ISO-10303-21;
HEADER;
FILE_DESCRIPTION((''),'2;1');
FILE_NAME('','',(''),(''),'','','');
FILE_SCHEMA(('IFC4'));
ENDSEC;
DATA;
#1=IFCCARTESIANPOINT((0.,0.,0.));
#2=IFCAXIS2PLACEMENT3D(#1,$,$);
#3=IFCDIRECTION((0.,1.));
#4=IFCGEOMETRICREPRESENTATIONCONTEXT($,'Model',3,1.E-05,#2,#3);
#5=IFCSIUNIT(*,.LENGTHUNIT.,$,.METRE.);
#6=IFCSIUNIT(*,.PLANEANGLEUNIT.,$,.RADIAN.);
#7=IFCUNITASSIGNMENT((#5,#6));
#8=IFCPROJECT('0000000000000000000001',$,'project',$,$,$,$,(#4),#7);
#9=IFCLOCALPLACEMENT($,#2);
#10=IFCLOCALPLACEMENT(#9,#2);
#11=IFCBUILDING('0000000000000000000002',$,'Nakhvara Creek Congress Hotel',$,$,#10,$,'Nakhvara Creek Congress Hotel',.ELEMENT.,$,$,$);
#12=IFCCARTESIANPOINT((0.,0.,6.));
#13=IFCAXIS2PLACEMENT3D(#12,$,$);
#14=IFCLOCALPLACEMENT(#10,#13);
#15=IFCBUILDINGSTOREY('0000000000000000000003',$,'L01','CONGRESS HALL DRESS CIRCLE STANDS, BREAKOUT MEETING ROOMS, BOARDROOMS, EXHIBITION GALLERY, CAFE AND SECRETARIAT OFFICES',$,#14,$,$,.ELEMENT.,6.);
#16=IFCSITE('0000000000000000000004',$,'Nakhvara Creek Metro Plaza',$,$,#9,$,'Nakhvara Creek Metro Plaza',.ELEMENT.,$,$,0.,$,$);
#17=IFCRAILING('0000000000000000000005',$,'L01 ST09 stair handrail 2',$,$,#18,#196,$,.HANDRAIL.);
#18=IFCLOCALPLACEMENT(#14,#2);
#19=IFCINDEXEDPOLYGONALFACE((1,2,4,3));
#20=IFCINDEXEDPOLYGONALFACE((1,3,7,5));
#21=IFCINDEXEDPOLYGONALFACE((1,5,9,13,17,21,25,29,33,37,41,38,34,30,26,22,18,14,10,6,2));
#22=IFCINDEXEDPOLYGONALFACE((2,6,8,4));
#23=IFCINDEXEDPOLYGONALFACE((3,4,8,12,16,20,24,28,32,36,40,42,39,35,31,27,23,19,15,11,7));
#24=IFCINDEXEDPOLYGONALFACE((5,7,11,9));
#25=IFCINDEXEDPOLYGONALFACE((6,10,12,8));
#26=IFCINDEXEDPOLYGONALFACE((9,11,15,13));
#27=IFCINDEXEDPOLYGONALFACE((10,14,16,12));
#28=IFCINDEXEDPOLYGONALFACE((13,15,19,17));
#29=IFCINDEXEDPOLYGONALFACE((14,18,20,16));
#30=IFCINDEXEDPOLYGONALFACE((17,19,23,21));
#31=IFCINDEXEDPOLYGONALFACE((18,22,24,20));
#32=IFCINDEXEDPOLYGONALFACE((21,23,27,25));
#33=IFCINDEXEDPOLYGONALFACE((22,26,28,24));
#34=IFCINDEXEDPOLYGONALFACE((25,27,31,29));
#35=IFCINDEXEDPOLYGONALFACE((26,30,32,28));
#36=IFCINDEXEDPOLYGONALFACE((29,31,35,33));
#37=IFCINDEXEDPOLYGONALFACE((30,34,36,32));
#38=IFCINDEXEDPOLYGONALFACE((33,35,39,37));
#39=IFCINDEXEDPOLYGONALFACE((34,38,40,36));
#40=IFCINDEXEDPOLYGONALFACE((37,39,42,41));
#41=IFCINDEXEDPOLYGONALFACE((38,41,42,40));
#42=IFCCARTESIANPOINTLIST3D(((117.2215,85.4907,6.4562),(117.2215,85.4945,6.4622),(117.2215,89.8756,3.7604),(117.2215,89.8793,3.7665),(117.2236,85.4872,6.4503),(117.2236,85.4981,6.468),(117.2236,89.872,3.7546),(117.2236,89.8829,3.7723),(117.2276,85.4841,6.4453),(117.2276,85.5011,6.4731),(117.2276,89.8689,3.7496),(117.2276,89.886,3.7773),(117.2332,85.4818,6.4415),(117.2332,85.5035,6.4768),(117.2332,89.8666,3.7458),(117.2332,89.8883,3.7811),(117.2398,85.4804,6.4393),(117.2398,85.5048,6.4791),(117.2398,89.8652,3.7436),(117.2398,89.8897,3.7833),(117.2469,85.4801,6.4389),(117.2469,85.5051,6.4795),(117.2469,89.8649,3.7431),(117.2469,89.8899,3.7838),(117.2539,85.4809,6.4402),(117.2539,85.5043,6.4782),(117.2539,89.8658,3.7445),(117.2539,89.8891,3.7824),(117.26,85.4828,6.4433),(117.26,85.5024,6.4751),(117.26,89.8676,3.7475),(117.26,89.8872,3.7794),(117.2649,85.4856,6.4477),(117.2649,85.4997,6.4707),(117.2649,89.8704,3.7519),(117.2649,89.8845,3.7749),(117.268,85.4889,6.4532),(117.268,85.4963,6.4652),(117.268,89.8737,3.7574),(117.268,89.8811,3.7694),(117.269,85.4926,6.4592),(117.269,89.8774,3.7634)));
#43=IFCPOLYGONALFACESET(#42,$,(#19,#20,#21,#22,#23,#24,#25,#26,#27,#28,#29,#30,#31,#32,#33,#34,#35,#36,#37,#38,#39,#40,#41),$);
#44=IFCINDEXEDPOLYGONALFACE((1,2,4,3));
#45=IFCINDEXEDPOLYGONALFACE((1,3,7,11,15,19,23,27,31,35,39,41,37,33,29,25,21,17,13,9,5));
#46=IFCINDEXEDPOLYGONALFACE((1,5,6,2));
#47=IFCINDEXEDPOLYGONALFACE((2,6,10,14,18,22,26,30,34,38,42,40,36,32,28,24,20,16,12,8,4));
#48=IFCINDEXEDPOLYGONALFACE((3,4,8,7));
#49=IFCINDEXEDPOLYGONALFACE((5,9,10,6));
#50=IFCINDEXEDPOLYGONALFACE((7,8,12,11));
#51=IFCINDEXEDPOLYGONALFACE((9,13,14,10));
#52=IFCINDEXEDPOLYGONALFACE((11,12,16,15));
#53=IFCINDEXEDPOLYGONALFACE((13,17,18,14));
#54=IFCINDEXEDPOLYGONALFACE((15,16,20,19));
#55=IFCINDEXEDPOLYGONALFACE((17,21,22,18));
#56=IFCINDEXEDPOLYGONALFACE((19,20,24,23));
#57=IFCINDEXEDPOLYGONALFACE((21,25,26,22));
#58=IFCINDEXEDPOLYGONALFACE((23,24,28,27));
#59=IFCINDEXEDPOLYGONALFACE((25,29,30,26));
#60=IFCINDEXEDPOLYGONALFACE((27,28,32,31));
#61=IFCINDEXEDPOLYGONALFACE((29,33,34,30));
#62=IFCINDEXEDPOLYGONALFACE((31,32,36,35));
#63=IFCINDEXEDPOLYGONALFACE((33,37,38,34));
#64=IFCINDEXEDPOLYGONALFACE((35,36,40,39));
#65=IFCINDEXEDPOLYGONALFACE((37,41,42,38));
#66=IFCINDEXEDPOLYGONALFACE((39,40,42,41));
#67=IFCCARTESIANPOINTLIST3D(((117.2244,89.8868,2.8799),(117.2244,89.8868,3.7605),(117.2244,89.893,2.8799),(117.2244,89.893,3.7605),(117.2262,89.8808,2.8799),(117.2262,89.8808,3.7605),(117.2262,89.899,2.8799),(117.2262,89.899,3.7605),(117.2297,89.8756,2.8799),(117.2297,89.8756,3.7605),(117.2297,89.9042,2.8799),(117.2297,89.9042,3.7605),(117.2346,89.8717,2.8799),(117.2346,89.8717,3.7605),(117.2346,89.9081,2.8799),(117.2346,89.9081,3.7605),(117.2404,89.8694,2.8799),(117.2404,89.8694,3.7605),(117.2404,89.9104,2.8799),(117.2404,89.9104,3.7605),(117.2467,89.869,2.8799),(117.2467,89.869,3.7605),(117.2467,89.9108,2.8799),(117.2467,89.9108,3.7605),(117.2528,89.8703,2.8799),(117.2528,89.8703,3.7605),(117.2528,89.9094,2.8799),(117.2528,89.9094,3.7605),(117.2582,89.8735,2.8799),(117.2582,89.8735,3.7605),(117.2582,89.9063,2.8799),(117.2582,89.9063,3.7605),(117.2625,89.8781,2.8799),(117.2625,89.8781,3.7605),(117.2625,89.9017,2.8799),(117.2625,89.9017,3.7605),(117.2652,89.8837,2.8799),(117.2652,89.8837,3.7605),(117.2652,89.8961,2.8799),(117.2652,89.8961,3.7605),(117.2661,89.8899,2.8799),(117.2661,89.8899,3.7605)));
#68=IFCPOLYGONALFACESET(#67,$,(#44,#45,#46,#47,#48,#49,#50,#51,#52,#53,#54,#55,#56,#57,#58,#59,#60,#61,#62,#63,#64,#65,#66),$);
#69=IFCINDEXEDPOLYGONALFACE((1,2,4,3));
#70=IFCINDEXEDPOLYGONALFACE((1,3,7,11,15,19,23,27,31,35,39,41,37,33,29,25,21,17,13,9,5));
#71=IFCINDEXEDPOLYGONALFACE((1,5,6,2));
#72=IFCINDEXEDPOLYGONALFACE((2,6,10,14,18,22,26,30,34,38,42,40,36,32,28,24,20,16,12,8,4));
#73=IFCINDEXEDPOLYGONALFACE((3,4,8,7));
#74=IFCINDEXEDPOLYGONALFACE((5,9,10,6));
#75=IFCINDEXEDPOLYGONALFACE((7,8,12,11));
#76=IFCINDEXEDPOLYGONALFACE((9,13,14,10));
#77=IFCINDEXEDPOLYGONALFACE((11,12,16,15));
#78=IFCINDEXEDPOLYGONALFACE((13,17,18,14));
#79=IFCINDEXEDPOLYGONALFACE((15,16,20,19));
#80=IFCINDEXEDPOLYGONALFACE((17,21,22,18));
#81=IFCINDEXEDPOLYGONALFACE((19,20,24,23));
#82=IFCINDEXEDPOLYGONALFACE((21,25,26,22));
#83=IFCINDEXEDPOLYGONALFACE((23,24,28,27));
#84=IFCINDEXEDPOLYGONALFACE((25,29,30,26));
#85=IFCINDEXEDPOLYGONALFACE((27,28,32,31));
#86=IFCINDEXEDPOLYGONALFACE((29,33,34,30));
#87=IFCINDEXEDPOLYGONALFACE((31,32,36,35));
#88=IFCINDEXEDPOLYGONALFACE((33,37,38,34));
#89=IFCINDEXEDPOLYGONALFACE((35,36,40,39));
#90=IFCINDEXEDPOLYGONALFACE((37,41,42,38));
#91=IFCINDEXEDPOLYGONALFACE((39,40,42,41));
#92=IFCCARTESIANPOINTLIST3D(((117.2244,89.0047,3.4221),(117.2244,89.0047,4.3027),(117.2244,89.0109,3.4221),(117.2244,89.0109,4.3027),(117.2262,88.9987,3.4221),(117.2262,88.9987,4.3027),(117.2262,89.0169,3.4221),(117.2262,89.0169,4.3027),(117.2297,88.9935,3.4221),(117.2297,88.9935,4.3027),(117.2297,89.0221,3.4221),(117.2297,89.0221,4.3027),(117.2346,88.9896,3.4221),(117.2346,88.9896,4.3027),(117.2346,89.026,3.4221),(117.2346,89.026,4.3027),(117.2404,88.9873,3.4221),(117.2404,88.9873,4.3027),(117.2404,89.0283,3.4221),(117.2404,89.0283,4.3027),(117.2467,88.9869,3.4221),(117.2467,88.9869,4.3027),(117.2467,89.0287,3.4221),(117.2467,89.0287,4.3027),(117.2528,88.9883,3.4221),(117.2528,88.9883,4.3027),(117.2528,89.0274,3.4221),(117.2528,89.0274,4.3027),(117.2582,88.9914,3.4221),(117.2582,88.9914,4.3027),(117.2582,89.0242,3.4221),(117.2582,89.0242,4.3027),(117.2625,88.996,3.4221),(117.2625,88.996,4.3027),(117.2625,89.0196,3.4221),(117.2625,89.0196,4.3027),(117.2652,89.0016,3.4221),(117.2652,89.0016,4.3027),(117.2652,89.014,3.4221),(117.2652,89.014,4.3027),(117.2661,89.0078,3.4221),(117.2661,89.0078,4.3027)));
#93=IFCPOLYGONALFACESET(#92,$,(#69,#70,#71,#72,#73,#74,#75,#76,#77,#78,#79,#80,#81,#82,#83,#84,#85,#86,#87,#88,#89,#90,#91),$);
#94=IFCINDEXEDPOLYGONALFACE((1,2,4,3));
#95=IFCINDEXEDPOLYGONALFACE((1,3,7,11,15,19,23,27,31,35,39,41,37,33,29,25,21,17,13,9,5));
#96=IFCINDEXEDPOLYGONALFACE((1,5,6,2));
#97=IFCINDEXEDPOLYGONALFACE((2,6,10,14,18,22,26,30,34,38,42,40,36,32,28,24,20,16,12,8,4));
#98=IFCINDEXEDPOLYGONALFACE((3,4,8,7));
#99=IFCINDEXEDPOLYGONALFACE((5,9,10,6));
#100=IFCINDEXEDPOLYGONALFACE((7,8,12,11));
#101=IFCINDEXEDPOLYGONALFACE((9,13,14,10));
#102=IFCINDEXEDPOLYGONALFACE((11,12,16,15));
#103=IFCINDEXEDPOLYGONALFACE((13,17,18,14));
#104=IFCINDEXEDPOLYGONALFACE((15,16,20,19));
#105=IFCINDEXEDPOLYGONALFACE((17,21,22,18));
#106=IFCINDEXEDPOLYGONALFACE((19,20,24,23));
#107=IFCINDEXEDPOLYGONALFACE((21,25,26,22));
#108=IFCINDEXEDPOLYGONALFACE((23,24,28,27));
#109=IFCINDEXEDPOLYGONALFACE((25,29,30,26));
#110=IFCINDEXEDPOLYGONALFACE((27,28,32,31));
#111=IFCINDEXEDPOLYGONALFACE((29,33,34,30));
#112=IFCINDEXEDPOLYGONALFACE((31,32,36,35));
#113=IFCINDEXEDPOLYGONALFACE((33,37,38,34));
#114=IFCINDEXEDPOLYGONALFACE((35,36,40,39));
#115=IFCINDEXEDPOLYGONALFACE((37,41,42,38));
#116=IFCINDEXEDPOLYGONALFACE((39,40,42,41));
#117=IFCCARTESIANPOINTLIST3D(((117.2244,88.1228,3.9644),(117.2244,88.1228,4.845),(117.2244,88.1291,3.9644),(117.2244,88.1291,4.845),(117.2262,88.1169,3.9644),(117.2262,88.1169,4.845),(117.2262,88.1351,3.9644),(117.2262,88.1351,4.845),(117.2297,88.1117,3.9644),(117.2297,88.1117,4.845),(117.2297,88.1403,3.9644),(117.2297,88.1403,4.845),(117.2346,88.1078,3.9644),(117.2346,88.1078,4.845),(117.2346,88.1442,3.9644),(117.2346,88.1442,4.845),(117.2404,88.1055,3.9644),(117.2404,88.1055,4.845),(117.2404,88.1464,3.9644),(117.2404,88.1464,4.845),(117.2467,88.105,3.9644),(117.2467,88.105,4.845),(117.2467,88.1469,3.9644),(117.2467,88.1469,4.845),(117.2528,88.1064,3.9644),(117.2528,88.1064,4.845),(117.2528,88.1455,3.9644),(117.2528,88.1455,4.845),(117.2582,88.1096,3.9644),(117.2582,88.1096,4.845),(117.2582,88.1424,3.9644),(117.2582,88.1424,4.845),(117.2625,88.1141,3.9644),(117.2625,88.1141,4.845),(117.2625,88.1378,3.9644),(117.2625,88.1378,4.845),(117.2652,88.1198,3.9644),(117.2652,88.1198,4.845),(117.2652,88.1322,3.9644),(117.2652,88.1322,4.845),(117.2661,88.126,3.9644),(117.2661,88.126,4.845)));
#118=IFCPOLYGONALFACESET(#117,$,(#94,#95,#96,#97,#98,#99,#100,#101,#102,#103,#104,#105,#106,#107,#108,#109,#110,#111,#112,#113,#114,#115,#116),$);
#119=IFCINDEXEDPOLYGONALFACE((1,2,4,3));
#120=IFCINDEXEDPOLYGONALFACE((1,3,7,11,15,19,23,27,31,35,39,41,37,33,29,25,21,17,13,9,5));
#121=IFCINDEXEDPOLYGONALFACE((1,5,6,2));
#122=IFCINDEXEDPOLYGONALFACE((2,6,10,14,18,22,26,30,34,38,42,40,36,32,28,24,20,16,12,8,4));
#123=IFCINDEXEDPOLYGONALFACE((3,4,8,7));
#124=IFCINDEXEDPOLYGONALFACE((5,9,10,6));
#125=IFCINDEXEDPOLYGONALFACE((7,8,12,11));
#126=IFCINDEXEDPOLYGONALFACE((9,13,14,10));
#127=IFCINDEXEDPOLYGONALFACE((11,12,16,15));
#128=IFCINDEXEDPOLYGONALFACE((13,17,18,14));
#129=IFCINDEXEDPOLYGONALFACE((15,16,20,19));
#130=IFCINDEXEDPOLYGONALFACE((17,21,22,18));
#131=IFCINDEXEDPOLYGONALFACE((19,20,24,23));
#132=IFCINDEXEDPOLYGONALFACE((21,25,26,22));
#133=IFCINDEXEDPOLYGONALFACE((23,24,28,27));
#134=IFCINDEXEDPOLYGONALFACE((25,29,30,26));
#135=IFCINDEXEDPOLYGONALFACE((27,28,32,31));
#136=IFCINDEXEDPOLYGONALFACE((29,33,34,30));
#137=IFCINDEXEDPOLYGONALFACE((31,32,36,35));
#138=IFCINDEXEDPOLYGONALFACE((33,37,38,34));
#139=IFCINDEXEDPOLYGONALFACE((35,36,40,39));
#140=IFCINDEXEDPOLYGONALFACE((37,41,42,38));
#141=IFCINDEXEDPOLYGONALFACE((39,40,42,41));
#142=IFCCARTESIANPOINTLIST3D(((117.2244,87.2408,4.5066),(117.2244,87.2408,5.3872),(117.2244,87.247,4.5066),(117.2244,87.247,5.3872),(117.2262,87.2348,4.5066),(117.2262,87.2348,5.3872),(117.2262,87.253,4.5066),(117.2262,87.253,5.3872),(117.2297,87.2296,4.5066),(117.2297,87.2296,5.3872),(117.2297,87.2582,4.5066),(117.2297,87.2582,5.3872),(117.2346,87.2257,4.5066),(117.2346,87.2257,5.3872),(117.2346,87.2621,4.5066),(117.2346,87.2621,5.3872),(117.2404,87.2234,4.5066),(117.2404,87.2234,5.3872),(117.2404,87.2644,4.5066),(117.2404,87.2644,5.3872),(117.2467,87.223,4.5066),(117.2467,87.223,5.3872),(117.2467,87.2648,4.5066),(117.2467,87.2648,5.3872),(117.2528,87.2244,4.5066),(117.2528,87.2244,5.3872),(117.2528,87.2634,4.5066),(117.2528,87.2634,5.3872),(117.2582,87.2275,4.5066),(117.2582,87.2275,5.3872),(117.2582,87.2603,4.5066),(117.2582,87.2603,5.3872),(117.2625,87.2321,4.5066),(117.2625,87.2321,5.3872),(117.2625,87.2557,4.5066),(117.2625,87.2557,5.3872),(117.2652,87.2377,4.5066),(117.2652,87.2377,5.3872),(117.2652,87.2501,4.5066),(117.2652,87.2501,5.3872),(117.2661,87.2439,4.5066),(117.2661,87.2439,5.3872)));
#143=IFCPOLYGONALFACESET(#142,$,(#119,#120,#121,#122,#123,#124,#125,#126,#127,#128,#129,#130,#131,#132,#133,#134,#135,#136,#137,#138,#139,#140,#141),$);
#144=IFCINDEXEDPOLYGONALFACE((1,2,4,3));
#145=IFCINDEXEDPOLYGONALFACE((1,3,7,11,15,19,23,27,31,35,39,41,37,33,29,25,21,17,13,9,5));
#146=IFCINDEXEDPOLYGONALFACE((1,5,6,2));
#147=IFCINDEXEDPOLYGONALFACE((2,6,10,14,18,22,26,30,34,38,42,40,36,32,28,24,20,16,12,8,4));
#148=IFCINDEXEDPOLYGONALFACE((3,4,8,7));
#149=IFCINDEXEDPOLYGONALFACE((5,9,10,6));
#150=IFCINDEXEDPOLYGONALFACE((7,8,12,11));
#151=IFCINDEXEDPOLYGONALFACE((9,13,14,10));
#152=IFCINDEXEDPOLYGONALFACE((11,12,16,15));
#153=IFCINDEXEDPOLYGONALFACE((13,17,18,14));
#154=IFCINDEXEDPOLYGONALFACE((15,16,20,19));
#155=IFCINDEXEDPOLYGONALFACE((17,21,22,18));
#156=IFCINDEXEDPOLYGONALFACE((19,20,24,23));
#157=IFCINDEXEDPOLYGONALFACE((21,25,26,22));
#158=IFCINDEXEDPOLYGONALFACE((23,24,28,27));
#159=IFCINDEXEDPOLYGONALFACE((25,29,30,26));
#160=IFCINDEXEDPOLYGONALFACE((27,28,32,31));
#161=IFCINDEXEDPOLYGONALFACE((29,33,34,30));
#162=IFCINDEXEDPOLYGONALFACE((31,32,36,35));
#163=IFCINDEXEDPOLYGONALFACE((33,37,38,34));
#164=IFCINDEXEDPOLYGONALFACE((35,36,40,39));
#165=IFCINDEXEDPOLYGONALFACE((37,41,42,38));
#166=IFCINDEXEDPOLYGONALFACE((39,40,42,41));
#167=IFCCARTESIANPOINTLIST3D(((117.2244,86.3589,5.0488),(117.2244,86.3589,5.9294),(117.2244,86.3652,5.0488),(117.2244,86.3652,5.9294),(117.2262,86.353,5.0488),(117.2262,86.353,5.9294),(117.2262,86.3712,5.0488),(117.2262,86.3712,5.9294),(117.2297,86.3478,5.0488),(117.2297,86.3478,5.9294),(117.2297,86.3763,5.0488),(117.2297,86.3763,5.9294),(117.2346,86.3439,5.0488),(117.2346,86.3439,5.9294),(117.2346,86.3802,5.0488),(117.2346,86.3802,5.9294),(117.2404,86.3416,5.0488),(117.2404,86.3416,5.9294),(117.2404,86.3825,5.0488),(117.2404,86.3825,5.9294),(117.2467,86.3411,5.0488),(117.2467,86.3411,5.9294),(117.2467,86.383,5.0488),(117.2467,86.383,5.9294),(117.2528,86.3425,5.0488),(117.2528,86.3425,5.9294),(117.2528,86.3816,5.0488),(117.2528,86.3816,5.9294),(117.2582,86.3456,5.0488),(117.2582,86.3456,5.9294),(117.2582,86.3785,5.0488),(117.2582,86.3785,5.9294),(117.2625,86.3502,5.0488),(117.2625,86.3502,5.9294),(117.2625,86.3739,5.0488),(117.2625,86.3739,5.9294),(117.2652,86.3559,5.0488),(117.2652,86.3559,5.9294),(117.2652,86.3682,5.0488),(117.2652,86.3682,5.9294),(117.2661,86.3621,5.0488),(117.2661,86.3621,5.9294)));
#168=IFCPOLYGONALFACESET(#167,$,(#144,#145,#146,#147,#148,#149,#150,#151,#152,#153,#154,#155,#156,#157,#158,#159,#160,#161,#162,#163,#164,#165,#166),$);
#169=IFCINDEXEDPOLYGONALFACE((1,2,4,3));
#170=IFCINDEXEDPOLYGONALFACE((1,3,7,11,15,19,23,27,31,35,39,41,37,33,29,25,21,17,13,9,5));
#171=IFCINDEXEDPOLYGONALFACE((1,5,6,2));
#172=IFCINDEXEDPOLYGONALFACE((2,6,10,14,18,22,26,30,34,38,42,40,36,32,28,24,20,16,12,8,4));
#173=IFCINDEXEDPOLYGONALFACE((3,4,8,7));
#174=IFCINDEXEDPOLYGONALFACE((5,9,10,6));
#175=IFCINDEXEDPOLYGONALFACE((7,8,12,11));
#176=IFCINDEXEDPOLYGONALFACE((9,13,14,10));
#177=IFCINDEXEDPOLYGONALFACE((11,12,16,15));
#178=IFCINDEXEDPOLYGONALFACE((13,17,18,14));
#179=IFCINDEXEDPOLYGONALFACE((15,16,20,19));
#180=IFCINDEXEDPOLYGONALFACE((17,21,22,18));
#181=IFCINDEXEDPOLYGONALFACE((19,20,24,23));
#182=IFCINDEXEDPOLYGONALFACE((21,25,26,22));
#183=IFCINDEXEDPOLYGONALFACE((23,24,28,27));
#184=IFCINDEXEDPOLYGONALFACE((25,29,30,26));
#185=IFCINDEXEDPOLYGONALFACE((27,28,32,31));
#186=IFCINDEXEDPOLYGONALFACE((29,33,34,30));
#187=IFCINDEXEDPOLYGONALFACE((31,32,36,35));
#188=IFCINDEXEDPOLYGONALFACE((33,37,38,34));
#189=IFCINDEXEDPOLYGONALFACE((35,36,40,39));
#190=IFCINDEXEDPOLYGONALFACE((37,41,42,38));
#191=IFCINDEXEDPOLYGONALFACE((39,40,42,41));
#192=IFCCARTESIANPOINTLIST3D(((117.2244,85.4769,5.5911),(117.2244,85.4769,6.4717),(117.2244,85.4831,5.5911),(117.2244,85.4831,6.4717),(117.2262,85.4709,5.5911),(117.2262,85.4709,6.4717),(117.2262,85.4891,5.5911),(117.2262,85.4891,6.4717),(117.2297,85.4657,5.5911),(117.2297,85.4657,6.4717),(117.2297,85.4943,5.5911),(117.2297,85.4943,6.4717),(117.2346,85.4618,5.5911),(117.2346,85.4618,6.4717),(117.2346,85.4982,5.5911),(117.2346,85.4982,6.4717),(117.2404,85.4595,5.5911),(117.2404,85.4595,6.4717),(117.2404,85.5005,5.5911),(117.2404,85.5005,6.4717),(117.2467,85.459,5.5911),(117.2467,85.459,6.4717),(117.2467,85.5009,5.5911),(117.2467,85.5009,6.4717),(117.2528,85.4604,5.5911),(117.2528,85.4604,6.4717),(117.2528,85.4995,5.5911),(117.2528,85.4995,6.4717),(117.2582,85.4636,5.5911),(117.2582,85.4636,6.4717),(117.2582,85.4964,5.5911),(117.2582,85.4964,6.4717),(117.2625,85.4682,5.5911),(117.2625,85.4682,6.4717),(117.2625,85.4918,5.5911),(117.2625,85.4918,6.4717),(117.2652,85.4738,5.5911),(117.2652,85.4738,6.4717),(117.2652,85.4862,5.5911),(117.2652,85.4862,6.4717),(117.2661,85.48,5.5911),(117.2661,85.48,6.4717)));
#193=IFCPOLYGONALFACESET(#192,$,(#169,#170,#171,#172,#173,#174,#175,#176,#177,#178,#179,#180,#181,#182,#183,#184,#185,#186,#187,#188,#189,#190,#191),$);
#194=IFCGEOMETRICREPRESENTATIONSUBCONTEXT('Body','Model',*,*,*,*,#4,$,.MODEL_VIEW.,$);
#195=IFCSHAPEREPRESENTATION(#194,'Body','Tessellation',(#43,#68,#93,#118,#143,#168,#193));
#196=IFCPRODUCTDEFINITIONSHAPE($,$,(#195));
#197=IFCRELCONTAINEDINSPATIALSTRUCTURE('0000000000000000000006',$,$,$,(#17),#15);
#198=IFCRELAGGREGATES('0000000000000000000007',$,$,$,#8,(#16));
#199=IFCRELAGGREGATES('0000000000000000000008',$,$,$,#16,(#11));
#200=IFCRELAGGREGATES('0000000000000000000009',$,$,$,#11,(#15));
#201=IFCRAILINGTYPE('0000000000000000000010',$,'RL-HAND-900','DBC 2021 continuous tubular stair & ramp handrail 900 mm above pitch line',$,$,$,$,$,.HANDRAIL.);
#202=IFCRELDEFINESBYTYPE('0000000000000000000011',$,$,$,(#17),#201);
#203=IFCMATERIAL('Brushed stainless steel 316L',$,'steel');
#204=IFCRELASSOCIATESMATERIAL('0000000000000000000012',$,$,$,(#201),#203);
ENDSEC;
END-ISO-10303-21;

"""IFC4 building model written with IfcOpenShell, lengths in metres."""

from ifc_helpers import new_model, si_unit, direction, frame, origin, origin_2d, place, context, subcontext, project, spatial, circle, extrude, material, type_object, element, save


model = new_model("IFC4")

# Units and contexts
model_context = context("Model", 3, precision=1e-05, world=origin(), true_north=direction((0.0, 1.0)))
body_context = subcontext(model_context, "Body", "Model", "MODEL_VIEW")
ifc_project = project(units=[si_unit("LENGTHUNIT", "METRE"), si_unit("PLANEANGLEUNIT", "RADIAN")], contexts=[model_context])

# Site, building, storey
site_placement = place(None, origin())
site = spatial("IfcSite", under=ifc_project, at=site_placement, Name="Nakhvara Creek Metro Plaza", LongName="Nakhvara Creek Metro Plaza", CompositionType="ELEMENT", RefElevation=0.0)
building_placement = place(site_placement, origin())
building = spatial("IfcBuilding", under=site, at=building_placement, Name="Nakhvara Creek Congress Hotel", LongName="Nakhvara Creek Congress Hotel", CompositionType="ELEMENT")
storey_placement = place(building_placement, frame((0.0, 0.0, 6.0)))
storey = spatial("IfcBuildingStorey", under=building, at=storey_placement, Name="L01", Description="CONGRESS HALL DRESS CIRCLE STANDS, BREAKOUT MEETING ROOMS, BOARDROOMS, EXHIBITION GALLERY, CAFE AND SECRETARIAT OFFICES", CompositionType="ELEMENT", Elevation=6.0)

# Railing
ifc_material_1 = material(Name="Brushed stainless steel 316L", Category="steel")
railing_type_1 = type_object("IfcRailingType", Name="RL-HAND-900", Description="DBC 2021 continuous tubular stair & ramp handrail 900 mm above pitch line", PredefinedType="HANDRAIL", material=ifc_material_1)
railing_1_placement = place(storey_placement, frame((117.2451, 89.8899, 2.8799)))
element("IfcRailing", 1, at=railing_1_placement, inside=storey, type_object=railing_type_1, Name="L01 ST09 stair handrail 2", PredefinedType="HANDRAIL", context=body_context, shape_type="SweptSolid", body=[
    extrude(circle(Radius=0.0239, at=origin_2d()), frame((0.0, -0.0125, 0.8835), z_axis=(0.0, -0.851883, 0.523732), x_axis=(1.0, 0.0, 0.0)), (0.0, 0.0, 1.0), 5.1472),
    extrude(circle(Radius=0.021, at=origin_2d()), origin(), (0.0, 0.0, 1.0), 0.8806),
    extrude(circle(Radius=0.021, at=origin_2d()), frame((0.0, -0.8821, 0.5422)), (0.0, 0.0, 1.0), 0.8806),
    extrude(circle(Radius=0.021, at=origin_2d()), frame((0.0, -1.7639, 1.0845)), (0.0, 0.0, 1.0), 0.8806),
    extrude(circle(Radius=0.021, at=origin_2d()), frame((0.0, -2.646, 1.6267)), (0.0, 0.0, 1.0), 0.8806),
    extrude(circle(Radius=0.021, at=origin_2d()), frame((0.0, -3.5278, 2.1689)), (0.0, 0.0, 1.0), 0.8806),
    extrude(circle(Radius=0.021, at=origin_2d()), frame((0.0, -4.4099, 2.7112)), (0.0, 0.0, 1.0), 0.8806),
])

save(model, "model.ifc")
